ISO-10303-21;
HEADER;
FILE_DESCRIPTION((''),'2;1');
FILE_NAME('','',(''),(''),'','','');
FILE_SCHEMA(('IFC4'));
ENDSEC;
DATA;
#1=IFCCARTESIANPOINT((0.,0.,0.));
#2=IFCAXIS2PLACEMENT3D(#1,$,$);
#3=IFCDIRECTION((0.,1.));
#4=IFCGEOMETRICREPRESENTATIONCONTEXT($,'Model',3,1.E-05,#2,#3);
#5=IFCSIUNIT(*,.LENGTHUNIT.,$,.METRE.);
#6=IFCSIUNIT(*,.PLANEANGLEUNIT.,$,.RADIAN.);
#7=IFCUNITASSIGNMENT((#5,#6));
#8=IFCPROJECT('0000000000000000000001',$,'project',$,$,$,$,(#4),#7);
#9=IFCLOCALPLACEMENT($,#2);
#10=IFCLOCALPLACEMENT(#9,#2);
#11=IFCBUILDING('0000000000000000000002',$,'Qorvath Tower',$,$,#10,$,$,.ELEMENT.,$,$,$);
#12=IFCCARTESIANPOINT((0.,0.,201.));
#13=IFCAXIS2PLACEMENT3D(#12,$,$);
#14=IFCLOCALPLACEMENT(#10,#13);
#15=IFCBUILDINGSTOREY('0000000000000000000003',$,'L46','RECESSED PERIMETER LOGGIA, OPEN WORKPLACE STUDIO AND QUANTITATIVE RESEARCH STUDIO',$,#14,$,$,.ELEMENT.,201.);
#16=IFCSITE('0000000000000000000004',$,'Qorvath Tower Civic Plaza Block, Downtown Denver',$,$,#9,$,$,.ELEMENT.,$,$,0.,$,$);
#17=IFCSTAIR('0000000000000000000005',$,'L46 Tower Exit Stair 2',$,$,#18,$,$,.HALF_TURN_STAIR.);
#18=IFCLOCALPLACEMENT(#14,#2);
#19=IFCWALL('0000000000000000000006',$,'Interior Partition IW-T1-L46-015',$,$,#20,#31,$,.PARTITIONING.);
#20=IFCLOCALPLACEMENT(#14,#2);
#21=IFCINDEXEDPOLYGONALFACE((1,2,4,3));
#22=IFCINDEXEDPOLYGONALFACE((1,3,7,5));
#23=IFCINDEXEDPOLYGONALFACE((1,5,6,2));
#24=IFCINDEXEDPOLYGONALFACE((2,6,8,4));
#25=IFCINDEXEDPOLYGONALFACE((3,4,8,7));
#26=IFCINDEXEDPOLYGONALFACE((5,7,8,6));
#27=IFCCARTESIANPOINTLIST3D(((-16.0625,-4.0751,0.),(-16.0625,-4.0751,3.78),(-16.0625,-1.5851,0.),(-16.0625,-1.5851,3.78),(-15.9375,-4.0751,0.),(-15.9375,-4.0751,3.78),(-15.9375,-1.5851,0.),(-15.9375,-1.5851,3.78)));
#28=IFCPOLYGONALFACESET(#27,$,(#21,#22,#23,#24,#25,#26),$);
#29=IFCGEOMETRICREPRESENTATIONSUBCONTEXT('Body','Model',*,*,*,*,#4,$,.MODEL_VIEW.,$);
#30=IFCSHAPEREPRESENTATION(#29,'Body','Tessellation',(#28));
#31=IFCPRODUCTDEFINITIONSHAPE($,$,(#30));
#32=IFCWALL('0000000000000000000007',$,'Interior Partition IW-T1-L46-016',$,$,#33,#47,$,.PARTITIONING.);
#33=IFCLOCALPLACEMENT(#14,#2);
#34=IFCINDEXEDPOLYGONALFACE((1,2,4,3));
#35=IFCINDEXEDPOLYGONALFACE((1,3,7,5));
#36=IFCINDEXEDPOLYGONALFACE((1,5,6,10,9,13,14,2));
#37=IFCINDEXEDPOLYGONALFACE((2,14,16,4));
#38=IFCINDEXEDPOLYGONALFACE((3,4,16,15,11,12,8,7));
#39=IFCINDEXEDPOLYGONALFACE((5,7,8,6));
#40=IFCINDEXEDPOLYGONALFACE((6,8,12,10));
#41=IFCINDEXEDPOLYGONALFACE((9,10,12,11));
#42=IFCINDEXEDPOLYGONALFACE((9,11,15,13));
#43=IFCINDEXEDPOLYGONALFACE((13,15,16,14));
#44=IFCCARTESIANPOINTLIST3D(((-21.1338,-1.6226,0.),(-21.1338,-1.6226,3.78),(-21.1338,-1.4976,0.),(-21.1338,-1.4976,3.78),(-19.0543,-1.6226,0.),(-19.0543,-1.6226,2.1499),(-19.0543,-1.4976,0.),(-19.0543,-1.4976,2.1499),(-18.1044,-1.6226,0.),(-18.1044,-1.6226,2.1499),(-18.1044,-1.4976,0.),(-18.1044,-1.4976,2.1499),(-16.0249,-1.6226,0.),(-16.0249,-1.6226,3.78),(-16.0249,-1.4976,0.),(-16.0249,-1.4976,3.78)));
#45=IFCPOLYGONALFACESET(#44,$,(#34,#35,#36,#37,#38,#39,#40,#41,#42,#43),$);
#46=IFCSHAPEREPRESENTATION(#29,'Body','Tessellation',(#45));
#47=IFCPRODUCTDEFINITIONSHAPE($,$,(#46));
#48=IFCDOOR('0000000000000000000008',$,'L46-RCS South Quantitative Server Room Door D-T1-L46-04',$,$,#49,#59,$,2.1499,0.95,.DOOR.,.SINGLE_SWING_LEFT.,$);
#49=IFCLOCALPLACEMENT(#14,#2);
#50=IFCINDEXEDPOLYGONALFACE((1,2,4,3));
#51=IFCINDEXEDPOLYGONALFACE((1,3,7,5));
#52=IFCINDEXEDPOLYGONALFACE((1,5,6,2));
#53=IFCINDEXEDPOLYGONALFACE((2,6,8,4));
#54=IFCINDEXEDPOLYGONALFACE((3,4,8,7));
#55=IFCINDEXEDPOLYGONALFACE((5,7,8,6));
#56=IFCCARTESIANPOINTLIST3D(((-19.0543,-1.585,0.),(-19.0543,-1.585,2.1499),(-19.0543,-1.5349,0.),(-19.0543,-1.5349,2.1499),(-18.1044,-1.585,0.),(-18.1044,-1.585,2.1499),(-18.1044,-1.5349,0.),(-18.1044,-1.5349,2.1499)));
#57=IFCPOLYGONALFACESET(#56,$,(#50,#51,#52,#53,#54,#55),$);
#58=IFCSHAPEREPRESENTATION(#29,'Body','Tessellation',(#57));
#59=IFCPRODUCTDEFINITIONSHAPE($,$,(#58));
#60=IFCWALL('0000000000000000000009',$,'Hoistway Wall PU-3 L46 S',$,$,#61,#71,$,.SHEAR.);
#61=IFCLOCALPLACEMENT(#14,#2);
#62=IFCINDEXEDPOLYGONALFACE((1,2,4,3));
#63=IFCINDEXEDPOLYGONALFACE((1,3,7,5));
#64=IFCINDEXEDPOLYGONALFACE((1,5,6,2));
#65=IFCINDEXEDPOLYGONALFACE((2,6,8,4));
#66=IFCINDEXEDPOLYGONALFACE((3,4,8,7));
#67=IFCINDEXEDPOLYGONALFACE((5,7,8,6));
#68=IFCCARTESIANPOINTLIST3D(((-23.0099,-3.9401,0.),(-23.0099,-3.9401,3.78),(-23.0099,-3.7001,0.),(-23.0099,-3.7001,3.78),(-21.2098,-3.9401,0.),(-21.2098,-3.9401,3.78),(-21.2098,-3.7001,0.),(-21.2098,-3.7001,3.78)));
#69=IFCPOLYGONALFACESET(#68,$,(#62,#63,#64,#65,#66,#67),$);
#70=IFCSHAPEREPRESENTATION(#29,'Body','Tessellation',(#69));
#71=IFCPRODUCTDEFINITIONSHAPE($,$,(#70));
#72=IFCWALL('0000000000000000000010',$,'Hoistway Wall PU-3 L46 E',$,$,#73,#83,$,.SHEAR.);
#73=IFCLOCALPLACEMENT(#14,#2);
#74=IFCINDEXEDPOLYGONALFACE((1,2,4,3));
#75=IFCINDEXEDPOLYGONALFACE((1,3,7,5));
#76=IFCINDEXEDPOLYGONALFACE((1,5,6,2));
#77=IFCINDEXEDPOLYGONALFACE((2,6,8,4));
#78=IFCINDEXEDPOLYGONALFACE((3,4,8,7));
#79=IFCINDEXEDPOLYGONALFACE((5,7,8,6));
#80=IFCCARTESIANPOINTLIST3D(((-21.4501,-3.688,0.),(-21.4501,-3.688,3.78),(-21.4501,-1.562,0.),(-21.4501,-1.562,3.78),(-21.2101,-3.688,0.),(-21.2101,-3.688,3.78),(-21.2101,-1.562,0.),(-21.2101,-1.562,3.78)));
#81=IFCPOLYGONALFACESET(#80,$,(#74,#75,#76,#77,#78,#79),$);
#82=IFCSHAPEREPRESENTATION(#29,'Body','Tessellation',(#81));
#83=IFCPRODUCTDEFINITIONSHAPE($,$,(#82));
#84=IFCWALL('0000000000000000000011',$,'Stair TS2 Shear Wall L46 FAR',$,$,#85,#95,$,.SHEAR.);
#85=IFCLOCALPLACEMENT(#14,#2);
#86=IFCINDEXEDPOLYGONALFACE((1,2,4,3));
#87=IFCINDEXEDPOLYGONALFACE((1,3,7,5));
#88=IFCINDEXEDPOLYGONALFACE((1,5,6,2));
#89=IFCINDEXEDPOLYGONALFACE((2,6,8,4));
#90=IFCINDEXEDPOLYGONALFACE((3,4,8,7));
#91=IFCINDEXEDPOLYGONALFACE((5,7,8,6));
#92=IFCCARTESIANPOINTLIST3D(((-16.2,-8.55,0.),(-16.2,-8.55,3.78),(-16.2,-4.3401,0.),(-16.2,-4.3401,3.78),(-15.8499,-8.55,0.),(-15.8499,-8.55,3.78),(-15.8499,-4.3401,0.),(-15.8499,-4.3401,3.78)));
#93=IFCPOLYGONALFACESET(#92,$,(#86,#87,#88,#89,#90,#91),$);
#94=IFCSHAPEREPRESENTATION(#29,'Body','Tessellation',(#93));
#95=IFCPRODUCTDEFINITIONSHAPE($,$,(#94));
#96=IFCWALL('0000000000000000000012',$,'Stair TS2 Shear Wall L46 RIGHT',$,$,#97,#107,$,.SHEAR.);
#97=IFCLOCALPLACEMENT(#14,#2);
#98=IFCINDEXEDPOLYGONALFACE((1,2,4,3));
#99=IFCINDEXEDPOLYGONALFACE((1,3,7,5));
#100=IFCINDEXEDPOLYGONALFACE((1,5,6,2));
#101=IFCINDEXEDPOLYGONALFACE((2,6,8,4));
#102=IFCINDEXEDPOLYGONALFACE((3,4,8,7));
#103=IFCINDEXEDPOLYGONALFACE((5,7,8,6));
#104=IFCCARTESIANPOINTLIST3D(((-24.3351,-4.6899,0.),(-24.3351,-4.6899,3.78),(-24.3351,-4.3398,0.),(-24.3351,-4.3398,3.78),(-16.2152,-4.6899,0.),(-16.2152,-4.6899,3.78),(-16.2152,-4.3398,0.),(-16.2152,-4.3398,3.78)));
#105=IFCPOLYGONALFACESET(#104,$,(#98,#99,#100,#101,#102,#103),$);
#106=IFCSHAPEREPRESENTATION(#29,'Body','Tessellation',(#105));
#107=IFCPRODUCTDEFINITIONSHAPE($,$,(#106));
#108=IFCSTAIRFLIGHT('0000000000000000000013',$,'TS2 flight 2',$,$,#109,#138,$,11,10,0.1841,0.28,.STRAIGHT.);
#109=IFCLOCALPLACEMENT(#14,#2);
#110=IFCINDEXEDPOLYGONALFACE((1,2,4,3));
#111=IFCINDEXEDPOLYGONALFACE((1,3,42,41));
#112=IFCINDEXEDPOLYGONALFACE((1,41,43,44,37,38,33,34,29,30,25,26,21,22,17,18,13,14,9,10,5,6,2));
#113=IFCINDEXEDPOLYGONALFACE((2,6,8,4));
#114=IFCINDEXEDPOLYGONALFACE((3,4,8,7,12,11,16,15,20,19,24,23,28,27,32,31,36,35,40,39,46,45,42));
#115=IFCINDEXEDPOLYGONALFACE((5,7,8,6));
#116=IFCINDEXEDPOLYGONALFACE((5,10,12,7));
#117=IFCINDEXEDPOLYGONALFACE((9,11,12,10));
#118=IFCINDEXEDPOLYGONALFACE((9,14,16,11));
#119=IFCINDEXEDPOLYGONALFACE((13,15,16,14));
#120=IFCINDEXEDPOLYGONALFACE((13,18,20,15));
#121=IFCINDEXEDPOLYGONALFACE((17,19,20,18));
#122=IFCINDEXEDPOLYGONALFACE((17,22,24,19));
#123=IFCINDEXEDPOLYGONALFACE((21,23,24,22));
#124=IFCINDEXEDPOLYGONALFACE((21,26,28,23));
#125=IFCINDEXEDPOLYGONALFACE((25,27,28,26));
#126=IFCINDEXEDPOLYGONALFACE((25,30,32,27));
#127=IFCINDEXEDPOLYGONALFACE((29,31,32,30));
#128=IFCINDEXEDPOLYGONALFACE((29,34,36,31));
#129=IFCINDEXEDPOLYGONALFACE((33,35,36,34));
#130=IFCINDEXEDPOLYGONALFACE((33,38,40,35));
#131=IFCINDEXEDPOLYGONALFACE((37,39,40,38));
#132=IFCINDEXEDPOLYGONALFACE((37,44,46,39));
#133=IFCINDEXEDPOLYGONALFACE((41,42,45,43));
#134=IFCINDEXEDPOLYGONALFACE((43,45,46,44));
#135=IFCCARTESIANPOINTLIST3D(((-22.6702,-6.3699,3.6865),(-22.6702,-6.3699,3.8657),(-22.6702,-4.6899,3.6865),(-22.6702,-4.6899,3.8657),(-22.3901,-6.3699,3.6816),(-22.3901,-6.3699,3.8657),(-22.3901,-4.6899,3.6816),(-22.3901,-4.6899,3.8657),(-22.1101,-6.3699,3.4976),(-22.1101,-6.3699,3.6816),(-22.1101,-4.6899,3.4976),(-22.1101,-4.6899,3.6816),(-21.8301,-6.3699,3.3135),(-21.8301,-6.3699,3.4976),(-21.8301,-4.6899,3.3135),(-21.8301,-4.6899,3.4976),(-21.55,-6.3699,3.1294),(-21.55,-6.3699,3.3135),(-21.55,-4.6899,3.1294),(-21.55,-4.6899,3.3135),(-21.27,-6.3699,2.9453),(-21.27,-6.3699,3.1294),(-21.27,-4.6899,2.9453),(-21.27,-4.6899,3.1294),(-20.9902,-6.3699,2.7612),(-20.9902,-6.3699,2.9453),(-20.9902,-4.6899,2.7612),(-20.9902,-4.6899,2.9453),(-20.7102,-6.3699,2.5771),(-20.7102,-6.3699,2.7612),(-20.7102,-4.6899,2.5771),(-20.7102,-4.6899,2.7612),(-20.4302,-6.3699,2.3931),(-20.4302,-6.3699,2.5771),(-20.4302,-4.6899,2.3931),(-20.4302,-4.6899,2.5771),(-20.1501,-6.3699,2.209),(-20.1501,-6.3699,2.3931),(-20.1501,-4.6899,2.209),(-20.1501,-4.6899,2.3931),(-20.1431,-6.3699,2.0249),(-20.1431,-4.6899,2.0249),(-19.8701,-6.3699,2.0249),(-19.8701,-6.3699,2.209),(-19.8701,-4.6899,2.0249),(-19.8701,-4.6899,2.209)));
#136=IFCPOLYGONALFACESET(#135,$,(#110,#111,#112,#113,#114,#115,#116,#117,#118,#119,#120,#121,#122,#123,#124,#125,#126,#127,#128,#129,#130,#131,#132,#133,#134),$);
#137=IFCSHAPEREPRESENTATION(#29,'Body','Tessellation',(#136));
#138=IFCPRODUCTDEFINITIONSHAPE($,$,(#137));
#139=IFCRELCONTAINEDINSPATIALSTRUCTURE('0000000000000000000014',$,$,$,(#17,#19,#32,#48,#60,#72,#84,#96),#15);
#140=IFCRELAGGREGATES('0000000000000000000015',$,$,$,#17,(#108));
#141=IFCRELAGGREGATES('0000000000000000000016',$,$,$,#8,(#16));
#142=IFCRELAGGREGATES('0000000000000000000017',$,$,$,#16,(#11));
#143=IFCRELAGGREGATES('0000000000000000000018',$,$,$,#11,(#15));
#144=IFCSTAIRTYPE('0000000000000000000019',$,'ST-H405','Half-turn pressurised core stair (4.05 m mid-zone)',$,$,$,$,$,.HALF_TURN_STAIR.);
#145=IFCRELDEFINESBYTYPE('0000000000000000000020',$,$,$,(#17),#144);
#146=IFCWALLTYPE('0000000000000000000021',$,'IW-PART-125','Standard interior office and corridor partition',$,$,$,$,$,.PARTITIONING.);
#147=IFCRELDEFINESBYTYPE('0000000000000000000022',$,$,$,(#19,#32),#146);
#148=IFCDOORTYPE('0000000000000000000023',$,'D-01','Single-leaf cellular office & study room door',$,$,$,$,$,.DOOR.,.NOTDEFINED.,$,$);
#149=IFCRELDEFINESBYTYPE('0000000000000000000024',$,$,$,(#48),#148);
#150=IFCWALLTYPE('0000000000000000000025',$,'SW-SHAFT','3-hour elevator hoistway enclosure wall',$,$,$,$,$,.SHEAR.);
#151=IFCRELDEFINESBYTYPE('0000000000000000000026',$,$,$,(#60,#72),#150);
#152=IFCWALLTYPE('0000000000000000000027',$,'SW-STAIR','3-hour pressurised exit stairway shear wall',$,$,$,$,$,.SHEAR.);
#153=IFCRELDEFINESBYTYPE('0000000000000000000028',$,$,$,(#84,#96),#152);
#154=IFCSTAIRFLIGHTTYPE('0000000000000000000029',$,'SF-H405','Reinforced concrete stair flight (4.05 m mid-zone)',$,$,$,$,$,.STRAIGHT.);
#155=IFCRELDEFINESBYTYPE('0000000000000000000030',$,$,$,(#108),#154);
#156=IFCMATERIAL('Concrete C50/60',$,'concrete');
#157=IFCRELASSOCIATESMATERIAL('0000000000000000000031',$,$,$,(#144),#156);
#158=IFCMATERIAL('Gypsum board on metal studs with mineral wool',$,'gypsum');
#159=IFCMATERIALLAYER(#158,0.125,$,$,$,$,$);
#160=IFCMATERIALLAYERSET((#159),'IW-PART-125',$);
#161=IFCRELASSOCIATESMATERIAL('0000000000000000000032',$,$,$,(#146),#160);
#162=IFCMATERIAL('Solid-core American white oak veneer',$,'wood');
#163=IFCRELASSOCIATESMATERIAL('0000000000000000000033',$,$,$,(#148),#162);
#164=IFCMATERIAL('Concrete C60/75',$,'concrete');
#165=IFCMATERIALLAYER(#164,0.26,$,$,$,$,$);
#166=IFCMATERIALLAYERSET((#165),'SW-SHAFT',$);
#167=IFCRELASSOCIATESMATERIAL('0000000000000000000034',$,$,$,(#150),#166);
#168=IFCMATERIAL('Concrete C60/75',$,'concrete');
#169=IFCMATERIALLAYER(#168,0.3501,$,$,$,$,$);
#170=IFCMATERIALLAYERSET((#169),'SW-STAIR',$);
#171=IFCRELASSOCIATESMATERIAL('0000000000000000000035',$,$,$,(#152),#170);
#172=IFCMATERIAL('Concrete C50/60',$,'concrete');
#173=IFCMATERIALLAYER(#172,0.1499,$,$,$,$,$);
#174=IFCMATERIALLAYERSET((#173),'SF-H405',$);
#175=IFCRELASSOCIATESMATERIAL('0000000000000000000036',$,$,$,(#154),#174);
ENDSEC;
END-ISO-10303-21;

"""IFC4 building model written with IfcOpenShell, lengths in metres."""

from ifc_helpers import new_model, si_unit, direction, frame, frame_2d, origin, place, context, subcontext, project, spatial, polyline, rectangle, outline, extrude, material, layer, layer_set, type_object, element, fill, aggregate, save


model = new_model("IFC4")

# Units and contexts
model_context = context("Model", 3, precision=1e-05, world=origin(), true_north=direction((0.0, 1.0)))
body_context = subcontext(model_context, "Body", "Model", "MODEL_VIEW")
ifc_project = project(units=[si_unit("LENGTHUNIT", "METRE"), si_unit("PLANEANGLEUNIT", "RADIAN")], contexts=[model_context])

# Site, building, storey
site_placement = place(None, origin())
site = spatial("IfcSite", under=ifc_project, at=site_placement, Name="Qorvath Tower Civic Plaza Block, Downtown Denver", CompositionType="ELEMENT", RefElevation=0.0)
building_placement = place(site_placement, origin())
building = spatial("IfcBuilding", under=site, at=building_placement, Name="Qorvath Tower", CompositionType="ELEMENT")
storey_placement = place(building_placement, frame((0.0, 0.0, 201.0)))
storey = spatial("IfcBuildingStorey", under=building, at=storey_placement, Name="L46", Description="RECESSED PERIMETER LOGGIA, OPEN WORKPLACE STUDIO AND QUANTITATIVE RESEARCH STUDIO", CompositionType="ELEMENT", Elevation=201.0)

# Stair
ifc_material_1 = material(Name="Concrete C50/60", Category="concrete")
stair_type = type_object("IfcStairType", Name="ST-H405", Description="Half-turn pressurised core stair (4.05 m mid-zone)", PredefinedType="HALF_TURN_STAIR", material=ifc_material_1)
stair_1_placement = place(storey_placement, origin())
stair_1 = element("IfcStair", 1, at=stair_1_placement, inside=storey, type_object=stair_type, Name="L46 Tower Exit Stair 2", PredefinedType="HALF_TURN_STAIR")

# Wall
ifc_material_2 = material(Name="Gypsum board on metal studs with mineral wool", Category="gypsum")
ifc_layer_1 = layer(ifc_material_2, 0.125)
ifc_layer_set_1 = layer_set([ifc_layer_1], Name="IW-PART-125")
wall_type_1 = type_object("IfcWallType", Name="IW-PART-125", Description="Standard interior office and corridor partition", PredefinedType="PARTITIONING", material=ifc_layer_set_1)
wall_1_placement = place(storey_placement, frame((-16.0, -4.0752, 0.0), z_axis=(0.0, 0.0, 1.0), x_axis=(0.0, 1.0, 0.0)))
element("IfcWall", 2, at=wall_1_placement, inside=storey, type_object=wall_type_1, Name="Interior Partition IW-T1-L46-015", PredefinedType="PARTITIONING", context=body_context, shape_type="SweptSolid", body=[
    extrude(rectangle(XDim=2.49, YDim=0.125, at=frame_2d((1.2451, 0.0))), origin(), (0.0, 0.0, 1.0), 3.78),
])

# Wall, opening, door
wall_2_placement = place(storey_placement, frame((-16.0249, -1.5601, 0.0), z_axis=(0.0, 0.0, 1.0), x_axis=(-1.0, 0.0, 0.0)))
wall_2 = element("IfcWall", 3, at=wall_2_placement, inside=storey, type_object=wall_type_1, Name="Interior Partition IW-T1-L46-016", PredefinedType="PARTITIONING", context=body_context, shape_type="SweptSolid", body=[
    extrude(rectangle(XDim=5.1089, YDim=0.125, at=frame_2d((2.5544, 0.0))), origin(), (0.0, 0.0, 1.0), 3.78),
])
opening_1_placement = place(wall_2_placement, frame((2.0793, 0.0, 0.0)))
opening_1 = element("IfcOpeningElement", 4, at=opening_1_placement, cuts=wall_2, PredefinedType="OPENING", context=body_context, shape_type="SweptSolid", body=[
    extrude(rectangle(XDim=0.95, YDim=2.1499, at=frame_2d((0.4751, 1.075))), frame((0.0, 0.0725, 0.0), z_axis=(0.0, -1.0, 0.0), x_axis=(1.0, 0.0, 0.0)), (0.0, 0.0, 1.0), 0.145),
])
ifc_material_3 = material(Name="Solid-core American white oak veneer", Category="wood")
door_type_1 = type_object("IfcDoorType", Name="D-01", Description="Single-leaf cellular office & study room door", OperationType="NOTDEFINED", PredefinedType="DOOR", material=ifc_material_3)
door_1_placement = place(opening_1_placement, origin())
door_1 = element("IfcDoor", 5, at=door_1_placement, inside=storey, type_object=door_type_1, Name="L46-RCS South Quantitative Server Room Door D-T1-L46-04", OperationType="SINGLE_SWING_LEFT", OverallHeight=2.1499, OverallWidth=0.95, PredefinedType="DOOR", context=body_context, shape_type="SweptSolid", body=[
    extrude(rectangle(XDim=0.95, YDim=2.1499, at=frame_2d((0.4751, 1.075))), frame((0.0, 0.0249, 0.0), z_axis=(0.0, -1.0, 0.0), x_axis=(1.0, 0.0, 0.0)), (0.0, 0.0, 1.0), 0.05),
])
fill(opening_1, door_1)

# Walls
ifc_material_4 = material(Name="Concrete C60/75", Category="concrete")
ifc_layer_2 = layer(ifc_material_4, 0.26)
ifc_layer_set_2 = layer_set([ifc_layer_2], Name="SW-SHAFT")
wall_type_2 = type_object("IfcWallType", Name="SW-SHAFT", Description="3-hour elevator hoistway enclosure wall", PredefinedType="SHEAR", material=ifc_layer_set_2)
wall_3_placement = place(storey_placement, frame((-21.21, -3.8201, 0.0), z_axis=(0.0, 0.0, 1.0), x_axis=(-1.0, 0.0, 0.0)))
element("IfcWall", 6, at=wall_3_placement, inside=storey, type_object=wall_type_2, Name="Hoistway Wall PU-3 L46 S", PredefinedType="SHEAR", context=body_context, shape_type="SweptSolid", body=[
    extrude(rectangle(XDim=1.8, YDim=0.24, at=frame_2d((0.8999, 0.0))), origin(), (0.0, 0.0, 1.0), 3.78),
])
wall_4_placement = place(storey_placement, frame((-21.3301, -1.562, 0.0), z_axis=(0.0, 0.0, 1.0), x_axis=(0.0, -1.0, 0.0)))
element("IfcWall", 7, at=wall_4_placement, inside=storey, type_object=wall_type_2, Name="Hoistway Wall PU-3 L46 E", PredefinedType="SHEAR", context=body_context, shape_type="SweptSolid", body=[
    extrude(rectangle(XDim=2.126, YDim=0.24, at=frame_2d((1.063, 0.0))), origin(), (0.0, 0.0, 1.0), 3.78),
])
ifc_material_5 = material(Name="Concrete C60/75", Category="concrete")
ifc_layer_3 = layer(ifc_material_5, 0.3501)
ifc_layer_set_3 = layer_set([ifc_layer_3], Name="SW-STAIR")
wall_type_3 = type_object("IfcWallType", Name="SW-STAIR", Description="3-hour pressurised exit stairway shear wall", PredefinedType="SHEAR", material=ifc_layer_set_3)
wall_5_placement = place(storey_placement, frame((-16.0249, -8.55, 0.0), z_axis=(0.0, 0.0, 1.0), x_axis=(0.0, 1.0, 0.0)))
element("IfcWall", 8, at=wall_5_placement, inside=storey, type_object=wall_type_3, Name="Stair TS2 Shear Wall L46 FAR", PredefinedType="SHEAR", context=body_context, shape_type="SweptSolid", body=[
    extrude(rectangle(XDim=4.21, YDim=0.3501, at=frame_2d((2.105, 0.0))), origin(), (0.0, 0.0, 1.0), 3.78),
])
wall_6_placement = place(storey_placement, frame((-16.2151, -4.5149, 0.0), z_axis=(0.0, 0.0, 1.0), x_axis=(-1.0, 0.0, 0.0)))
element("IfcWall", 9, at=wall_6_placement, inside=storey, type_object=wall_type_3, Name="Stair TS2 Shear Wall L46 RIGHT", PredefinedType="SHEAR", context=body_context, shape_type="SweptSolid", body=[
    extrude(rectangle(XDim=8.1199, YDim=0.3501, at=frame_2d((4.0601, 0.0))), origin(), (0.0, 0.0, 1.0), 3.78),
])

# Stair flight
ifc_material_6 = material(Name="Concrete C50/60", Category="concrete")
ifc_layer_4 = layer(ifc_material_6, 0.1499)
ifc_layer_set_4 = layer_set([ifc_layer_4], Name="SF-H405")
stair_flight_type = type_object("IfcStairFlightType", Name="SF-H405", Description="Reinforced concrete stair flight (4.05 m mid-zone)", PredefinedType="STRAIGHT", material=ifc_layer_set_4)
stair_flight_placement = place(storey_placement, frame((-19.8701, -5.53, 2.0249), z_axis=(0.0, 0.0, 1.0), x_axis=(-1.0, 0.0, 0.0)))
stair_flight = element("IfcStairFlight", 10, at=stair_flight_placement, type_object=stair_flight_type, Name="TS2 flight 2", NumberOfRisers=11, NumberOfTreads=10, PredefinedType="STRAIGHT", RiserHeight=0.1841, TreadLength=0.28, context=body_context, shape_type="SweptSolid", body=[
    extrude(outline(polyline([(0.0, 0.0), (0.0, 0.1841), (0.28, 0.1841), (0.28, 0.3682), (0.5601, 0.3682), (0.5601, 0.5522), (0.8401, 0.5522), (0.8401, 0.7363), (1.1201, 0.7363), (1.1201, 0.9204), (1.3999, 0.9204), (1.3999, 1.1045), (1.6799, 1.1045), (1.6799, 1.2886), (1.96, 1.2886), (1.96, 1.4727), (2.24, 1.4727), (2.24, 1.6567), (2.52, 1.6567), (2.52, 1.8408), (2.8, 1.8408), (2.8, 2.0249), (2.8, 1.6616), (0.2729, 0.0), (0.0, 0.0)])), frame((0.0, 0.8398, 0.0), z_axis=(0.0, -1.0, 0.0), x_axis=(1.0, 0.0, 0.0)), (0.0, 0.0, 1.0), 1.6799),
])
aggregate(stair_1, [stair_flight])

save(model, "model.ifc")
